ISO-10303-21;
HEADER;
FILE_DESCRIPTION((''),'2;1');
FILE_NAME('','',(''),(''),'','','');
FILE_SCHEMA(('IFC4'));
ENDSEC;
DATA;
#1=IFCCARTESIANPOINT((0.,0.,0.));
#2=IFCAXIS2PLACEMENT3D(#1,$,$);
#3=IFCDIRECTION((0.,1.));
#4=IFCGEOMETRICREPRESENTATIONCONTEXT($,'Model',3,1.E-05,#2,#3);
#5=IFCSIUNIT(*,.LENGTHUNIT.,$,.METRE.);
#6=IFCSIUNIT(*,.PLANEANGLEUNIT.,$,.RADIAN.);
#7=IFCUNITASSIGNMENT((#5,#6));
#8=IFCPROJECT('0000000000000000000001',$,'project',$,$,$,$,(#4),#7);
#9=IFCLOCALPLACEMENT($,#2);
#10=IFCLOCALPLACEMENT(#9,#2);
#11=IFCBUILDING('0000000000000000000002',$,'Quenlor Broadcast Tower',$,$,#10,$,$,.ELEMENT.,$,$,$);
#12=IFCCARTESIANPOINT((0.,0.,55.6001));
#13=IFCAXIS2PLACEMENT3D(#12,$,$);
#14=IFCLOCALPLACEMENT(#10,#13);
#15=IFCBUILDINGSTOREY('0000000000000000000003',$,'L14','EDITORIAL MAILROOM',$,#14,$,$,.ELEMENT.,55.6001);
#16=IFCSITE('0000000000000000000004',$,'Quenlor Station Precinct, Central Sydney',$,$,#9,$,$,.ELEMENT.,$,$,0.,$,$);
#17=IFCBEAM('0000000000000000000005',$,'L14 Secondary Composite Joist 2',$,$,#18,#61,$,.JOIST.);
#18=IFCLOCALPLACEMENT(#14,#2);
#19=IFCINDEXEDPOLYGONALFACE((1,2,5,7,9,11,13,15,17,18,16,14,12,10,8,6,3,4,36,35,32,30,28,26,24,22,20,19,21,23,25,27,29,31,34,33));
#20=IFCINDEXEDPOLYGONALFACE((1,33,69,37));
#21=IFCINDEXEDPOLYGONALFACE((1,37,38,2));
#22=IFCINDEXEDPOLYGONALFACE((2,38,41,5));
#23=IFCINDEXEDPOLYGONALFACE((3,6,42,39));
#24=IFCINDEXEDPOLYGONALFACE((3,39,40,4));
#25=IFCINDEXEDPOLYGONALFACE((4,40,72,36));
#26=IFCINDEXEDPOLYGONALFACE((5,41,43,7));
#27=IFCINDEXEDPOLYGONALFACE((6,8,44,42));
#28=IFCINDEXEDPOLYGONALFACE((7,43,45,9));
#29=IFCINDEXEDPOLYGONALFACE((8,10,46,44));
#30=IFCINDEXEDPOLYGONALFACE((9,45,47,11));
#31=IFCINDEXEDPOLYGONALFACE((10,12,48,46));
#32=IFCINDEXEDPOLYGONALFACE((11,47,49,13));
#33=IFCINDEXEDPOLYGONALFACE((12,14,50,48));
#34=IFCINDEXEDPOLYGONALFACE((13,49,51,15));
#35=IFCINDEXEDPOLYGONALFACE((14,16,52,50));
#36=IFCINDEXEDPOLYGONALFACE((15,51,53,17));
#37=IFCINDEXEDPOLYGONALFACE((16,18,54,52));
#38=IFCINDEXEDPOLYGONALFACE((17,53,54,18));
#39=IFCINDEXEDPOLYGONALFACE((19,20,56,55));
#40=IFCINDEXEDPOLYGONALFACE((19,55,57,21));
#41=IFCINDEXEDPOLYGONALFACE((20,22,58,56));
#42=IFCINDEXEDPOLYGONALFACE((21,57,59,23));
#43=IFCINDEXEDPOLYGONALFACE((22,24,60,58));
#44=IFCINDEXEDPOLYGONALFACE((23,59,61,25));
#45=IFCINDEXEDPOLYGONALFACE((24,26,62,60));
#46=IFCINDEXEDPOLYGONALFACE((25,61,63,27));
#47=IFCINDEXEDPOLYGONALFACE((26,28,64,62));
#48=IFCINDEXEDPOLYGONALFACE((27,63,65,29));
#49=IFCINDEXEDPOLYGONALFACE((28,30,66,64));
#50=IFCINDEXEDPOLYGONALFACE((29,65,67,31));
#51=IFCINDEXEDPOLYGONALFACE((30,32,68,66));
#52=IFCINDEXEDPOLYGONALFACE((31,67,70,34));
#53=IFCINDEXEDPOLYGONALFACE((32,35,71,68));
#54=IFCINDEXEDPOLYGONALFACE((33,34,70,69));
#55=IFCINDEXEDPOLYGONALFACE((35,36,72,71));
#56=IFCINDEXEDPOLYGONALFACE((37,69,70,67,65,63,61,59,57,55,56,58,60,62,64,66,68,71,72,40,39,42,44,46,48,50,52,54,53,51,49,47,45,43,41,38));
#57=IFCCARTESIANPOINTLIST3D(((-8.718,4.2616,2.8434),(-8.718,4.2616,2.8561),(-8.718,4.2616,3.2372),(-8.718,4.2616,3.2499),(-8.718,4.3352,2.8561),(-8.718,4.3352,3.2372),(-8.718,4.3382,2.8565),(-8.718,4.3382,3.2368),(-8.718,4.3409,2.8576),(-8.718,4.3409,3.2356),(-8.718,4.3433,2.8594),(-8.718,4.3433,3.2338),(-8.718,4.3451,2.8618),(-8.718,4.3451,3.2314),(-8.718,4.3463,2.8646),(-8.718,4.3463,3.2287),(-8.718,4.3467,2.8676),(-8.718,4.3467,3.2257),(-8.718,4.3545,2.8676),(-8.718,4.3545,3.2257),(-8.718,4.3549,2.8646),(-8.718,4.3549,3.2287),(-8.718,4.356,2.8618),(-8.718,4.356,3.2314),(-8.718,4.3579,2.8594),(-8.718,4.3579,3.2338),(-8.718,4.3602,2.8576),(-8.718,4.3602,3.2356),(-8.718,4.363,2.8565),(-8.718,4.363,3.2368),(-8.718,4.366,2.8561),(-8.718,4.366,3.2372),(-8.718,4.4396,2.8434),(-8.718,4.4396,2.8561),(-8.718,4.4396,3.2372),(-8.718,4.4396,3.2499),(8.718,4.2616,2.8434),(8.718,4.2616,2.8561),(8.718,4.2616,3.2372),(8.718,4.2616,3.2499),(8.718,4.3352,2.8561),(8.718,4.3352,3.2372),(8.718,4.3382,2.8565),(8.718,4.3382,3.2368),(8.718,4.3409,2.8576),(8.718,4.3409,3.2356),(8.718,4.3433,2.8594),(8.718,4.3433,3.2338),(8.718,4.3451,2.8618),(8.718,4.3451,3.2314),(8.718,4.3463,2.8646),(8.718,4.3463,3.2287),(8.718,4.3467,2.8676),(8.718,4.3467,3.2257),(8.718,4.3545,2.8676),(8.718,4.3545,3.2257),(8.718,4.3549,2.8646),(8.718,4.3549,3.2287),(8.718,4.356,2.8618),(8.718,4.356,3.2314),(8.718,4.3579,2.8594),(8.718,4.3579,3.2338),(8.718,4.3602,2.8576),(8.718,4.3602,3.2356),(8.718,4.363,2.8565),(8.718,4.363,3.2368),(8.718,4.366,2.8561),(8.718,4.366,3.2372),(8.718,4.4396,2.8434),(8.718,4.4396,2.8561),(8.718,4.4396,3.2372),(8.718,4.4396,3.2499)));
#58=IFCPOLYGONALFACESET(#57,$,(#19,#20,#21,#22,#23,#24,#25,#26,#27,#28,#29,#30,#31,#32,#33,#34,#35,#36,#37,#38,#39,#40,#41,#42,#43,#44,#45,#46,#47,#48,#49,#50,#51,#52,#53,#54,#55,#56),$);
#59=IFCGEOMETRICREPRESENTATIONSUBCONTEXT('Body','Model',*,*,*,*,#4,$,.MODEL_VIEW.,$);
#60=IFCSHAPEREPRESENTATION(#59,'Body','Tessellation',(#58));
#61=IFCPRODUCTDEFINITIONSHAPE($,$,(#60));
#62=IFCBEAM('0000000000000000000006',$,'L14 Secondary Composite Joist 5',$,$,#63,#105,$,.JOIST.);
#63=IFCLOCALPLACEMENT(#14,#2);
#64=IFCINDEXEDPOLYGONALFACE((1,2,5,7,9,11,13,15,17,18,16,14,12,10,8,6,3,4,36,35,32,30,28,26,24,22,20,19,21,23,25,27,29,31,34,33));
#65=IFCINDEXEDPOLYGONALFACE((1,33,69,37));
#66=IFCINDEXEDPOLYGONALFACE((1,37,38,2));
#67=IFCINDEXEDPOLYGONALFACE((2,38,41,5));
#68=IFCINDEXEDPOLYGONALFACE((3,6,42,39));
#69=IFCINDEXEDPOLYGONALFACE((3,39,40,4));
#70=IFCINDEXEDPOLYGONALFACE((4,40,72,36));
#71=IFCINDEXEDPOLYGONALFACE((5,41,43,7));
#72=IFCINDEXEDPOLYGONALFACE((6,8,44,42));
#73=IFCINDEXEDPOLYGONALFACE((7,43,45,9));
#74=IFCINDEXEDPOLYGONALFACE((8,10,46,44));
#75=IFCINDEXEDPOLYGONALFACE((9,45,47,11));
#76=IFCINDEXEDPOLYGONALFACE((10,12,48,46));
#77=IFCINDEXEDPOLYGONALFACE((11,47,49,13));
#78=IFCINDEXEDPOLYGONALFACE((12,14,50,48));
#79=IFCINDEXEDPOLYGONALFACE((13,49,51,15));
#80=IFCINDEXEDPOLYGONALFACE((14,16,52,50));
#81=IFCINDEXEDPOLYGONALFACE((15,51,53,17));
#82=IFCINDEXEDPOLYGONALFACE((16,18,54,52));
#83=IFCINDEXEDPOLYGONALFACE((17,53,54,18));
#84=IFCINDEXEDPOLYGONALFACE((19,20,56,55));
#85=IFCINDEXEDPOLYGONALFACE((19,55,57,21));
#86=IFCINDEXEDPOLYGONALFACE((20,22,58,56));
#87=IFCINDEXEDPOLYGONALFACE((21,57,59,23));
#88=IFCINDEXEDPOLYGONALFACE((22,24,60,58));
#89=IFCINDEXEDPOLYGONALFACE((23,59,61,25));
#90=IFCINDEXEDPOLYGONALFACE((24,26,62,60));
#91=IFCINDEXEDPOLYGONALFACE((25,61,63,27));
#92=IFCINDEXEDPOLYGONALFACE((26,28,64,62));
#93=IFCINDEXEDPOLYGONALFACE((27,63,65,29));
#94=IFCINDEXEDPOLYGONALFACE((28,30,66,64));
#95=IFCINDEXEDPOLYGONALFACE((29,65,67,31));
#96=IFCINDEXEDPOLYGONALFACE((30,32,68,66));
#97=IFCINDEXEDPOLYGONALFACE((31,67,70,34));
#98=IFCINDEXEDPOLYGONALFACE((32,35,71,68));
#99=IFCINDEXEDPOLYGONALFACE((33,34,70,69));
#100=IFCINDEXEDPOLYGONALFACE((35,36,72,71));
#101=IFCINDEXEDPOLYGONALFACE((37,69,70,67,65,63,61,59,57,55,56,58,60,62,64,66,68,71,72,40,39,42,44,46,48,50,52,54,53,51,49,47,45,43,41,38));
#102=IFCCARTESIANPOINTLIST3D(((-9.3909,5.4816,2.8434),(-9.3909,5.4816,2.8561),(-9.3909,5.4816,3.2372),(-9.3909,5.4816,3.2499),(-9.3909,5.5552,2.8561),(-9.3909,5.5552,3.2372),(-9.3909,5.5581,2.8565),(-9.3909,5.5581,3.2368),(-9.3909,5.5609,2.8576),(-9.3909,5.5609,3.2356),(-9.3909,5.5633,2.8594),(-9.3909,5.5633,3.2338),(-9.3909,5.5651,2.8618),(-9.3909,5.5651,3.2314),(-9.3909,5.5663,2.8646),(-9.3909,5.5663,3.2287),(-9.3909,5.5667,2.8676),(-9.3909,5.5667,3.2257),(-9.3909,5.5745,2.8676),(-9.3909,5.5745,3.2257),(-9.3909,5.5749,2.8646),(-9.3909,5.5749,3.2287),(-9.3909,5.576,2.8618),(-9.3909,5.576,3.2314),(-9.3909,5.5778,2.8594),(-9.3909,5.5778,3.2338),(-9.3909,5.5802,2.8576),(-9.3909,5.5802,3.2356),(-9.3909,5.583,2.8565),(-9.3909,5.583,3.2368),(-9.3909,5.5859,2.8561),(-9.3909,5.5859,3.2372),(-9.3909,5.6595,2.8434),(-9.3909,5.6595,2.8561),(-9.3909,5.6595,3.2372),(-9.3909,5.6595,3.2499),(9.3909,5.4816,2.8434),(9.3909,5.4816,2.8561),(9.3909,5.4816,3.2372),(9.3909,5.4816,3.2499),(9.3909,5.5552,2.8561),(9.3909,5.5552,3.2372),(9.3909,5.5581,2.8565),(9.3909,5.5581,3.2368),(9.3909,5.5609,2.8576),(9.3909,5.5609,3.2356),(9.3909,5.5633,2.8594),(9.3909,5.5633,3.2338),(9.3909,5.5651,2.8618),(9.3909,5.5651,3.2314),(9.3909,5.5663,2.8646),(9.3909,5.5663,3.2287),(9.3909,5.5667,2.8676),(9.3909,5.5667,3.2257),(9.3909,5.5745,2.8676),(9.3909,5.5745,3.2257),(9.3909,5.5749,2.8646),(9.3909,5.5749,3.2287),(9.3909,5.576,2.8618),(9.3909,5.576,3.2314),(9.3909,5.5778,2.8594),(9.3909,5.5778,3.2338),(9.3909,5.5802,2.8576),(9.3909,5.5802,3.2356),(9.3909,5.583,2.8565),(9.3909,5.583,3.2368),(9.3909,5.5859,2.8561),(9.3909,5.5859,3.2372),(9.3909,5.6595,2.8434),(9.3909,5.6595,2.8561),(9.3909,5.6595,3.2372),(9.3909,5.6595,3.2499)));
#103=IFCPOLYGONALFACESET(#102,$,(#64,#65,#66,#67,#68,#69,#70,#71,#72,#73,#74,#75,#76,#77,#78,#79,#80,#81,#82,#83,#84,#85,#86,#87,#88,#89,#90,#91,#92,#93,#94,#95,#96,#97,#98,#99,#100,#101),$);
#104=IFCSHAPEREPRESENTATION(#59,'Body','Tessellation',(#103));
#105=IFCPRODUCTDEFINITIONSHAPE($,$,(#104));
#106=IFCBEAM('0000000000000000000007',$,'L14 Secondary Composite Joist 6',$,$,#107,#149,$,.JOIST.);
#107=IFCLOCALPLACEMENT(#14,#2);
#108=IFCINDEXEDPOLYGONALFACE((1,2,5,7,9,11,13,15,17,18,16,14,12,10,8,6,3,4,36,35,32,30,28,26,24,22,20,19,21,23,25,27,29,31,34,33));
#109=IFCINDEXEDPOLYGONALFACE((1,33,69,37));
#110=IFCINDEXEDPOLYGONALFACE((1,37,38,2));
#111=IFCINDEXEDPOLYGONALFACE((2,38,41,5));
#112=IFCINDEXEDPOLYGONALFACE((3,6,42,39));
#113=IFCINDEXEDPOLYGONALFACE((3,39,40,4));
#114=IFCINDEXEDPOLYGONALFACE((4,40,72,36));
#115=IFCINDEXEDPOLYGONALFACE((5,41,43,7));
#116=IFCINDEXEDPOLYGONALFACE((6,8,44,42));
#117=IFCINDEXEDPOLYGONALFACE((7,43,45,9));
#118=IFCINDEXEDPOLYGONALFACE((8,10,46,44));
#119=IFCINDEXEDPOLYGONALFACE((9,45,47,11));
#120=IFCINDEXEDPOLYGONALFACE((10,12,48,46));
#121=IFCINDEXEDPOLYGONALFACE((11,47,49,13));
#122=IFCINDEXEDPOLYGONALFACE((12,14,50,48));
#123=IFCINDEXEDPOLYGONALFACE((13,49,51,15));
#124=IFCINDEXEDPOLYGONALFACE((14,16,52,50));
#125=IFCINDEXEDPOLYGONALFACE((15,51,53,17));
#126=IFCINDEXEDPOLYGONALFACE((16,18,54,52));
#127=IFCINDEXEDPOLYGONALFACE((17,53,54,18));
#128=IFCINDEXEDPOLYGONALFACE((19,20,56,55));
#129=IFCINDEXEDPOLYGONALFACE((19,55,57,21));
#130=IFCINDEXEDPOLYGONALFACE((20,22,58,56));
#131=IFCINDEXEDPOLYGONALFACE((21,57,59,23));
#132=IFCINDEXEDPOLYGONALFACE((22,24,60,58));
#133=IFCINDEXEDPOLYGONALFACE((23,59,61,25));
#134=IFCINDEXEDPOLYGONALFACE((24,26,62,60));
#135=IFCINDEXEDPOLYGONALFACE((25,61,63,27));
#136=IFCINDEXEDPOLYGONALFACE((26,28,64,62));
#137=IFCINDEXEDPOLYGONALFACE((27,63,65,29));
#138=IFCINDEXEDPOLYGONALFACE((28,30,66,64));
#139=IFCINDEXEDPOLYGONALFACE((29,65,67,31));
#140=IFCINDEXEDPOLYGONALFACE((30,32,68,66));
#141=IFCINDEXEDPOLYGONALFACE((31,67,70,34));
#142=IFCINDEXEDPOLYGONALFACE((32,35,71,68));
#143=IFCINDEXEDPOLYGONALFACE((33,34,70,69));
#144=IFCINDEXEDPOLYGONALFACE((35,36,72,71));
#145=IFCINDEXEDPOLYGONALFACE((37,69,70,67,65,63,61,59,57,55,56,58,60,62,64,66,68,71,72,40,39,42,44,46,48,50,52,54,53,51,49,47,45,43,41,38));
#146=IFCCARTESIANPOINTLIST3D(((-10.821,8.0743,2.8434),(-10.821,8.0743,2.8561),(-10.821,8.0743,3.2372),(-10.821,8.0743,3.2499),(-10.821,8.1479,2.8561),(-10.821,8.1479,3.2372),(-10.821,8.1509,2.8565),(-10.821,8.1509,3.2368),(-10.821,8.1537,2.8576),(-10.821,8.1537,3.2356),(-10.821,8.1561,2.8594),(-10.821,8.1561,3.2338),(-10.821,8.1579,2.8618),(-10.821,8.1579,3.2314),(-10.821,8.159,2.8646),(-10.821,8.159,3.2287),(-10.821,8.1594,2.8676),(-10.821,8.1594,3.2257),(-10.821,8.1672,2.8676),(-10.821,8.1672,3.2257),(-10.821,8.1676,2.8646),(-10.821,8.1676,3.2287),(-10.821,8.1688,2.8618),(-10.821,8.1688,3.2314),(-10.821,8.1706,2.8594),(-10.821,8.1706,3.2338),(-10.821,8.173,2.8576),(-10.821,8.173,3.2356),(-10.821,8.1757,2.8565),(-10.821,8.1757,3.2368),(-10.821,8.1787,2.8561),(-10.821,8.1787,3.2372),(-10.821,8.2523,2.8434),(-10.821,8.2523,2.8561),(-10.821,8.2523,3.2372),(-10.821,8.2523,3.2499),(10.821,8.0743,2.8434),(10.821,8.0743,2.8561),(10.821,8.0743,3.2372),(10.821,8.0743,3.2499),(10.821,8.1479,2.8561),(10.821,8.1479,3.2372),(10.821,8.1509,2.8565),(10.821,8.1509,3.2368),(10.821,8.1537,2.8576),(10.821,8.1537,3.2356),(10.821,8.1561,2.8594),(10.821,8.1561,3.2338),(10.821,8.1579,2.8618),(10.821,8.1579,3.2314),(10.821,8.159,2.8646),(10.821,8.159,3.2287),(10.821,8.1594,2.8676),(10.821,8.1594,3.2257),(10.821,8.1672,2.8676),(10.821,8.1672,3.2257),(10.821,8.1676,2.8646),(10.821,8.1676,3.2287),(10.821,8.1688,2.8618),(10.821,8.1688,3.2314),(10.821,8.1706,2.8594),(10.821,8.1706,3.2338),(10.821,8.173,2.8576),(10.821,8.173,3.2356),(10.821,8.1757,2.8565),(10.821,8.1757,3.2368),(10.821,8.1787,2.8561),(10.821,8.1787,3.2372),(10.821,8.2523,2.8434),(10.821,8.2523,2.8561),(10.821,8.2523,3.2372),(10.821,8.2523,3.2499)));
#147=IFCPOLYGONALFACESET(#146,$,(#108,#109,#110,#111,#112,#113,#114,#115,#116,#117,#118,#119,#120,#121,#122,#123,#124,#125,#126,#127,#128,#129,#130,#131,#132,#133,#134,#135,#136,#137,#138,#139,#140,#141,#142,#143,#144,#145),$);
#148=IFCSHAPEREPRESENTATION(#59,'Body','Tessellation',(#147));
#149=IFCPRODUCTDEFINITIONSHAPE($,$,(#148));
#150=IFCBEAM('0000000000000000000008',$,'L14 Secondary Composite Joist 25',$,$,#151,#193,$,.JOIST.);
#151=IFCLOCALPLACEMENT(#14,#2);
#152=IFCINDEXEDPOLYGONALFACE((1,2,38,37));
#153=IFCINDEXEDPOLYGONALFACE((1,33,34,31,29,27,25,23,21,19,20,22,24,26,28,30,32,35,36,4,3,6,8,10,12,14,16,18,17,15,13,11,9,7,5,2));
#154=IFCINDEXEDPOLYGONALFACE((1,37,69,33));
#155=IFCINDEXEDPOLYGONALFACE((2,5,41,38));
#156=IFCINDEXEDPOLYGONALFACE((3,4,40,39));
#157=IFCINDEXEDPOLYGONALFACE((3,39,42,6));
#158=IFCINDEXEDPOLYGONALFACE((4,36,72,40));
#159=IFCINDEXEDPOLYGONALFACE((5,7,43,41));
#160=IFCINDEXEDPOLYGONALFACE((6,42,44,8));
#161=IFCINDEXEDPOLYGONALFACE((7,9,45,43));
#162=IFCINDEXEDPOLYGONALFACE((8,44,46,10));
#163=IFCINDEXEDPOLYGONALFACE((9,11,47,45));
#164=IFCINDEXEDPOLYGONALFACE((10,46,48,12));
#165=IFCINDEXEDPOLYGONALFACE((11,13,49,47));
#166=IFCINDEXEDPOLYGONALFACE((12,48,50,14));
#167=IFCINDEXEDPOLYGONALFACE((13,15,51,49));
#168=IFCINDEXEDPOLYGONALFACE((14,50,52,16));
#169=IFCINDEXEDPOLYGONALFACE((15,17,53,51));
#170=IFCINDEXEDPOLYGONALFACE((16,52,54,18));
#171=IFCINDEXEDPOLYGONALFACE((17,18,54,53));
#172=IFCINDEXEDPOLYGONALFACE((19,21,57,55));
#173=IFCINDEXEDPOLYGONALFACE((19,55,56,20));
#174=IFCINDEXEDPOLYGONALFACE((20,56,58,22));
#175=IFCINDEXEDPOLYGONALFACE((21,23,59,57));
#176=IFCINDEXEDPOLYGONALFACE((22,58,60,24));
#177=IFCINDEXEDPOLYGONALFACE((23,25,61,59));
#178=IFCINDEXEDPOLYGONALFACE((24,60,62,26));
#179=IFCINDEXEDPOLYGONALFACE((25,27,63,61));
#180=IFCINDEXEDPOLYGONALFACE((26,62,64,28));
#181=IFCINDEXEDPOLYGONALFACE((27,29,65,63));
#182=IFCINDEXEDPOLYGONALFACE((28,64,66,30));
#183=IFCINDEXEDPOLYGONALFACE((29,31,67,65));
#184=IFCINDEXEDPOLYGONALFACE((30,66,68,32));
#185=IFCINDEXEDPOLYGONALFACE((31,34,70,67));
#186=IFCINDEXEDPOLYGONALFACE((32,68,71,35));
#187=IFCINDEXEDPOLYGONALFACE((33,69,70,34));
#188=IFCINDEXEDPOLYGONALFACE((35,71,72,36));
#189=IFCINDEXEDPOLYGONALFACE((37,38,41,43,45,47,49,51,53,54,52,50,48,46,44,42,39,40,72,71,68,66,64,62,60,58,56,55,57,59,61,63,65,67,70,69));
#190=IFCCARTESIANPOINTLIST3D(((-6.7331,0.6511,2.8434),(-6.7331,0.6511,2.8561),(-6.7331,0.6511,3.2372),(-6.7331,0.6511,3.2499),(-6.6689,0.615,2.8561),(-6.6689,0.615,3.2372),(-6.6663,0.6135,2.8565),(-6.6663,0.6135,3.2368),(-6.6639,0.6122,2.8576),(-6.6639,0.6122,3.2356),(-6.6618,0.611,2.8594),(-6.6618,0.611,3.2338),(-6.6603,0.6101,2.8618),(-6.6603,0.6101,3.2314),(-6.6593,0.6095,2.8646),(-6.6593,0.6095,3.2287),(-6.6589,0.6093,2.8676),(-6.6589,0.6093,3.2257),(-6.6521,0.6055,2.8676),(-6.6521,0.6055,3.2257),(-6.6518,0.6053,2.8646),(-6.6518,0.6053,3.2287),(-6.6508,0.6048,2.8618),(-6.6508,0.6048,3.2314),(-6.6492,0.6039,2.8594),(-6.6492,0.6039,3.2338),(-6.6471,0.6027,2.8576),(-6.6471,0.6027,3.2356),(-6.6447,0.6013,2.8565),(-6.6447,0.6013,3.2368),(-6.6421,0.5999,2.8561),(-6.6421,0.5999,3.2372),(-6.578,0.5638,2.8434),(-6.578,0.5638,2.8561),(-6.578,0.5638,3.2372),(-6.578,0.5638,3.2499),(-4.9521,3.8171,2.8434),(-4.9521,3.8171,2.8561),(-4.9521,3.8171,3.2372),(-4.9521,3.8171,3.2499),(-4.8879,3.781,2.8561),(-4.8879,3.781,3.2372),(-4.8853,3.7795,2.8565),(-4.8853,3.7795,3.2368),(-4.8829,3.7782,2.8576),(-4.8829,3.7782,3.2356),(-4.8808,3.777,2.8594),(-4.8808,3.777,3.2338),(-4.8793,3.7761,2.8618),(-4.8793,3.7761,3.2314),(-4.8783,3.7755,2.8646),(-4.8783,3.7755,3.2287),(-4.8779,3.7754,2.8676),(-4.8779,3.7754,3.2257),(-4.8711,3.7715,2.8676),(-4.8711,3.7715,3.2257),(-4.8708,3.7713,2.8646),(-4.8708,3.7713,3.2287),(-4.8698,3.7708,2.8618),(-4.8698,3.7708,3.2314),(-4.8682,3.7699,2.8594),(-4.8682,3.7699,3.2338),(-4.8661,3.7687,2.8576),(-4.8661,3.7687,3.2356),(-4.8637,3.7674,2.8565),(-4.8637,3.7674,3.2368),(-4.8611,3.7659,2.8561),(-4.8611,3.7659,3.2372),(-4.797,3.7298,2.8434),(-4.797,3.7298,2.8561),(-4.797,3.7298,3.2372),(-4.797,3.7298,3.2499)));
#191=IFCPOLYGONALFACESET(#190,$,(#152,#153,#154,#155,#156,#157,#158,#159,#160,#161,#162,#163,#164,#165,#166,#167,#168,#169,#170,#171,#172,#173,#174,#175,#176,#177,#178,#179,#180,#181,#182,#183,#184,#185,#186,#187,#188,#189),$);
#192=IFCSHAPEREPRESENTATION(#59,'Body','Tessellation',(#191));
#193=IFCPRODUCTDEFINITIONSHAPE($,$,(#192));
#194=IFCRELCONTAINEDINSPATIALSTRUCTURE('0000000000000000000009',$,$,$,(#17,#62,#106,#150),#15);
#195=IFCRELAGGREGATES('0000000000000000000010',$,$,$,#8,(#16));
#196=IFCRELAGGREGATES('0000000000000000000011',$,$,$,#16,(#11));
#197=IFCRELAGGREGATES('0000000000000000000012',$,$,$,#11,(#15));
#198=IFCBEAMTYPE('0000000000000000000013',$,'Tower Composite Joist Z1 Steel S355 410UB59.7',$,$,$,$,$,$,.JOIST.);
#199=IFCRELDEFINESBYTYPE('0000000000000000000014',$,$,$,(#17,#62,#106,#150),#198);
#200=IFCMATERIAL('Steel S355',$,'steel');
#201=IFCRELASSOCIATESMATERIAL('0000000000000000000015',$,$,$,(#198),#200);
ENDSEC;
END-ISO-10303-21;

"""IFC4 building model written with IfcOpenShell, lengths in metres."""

from ifc_helpers import new_model, si_unit, direction, frame, origin, origin_2d, place, context, subcontext, project, spatial, i_section, extrude, material, material_profile, profile_set, type_object, element, save


model = new_model("IFC4")

# Units and contexts
model_context = context("Model", 3, precision=1e-05, world=origin(), true_north=direction((0.0, 1.0)))
body_context = subcontext(model_context, "Body", "Model", "MODEL_VIEW")
ifc_project = project(units=[si_unit("LENGTHUNIT", "METRE"), si_unit("PLANEANGLEUNIT", "RADIAN")], contexts=[model_context])

# Site, building, storey
site_placement = place(None, origin())
site = spatial("IfcSite", under=ifc_project, at=site_placement, Name="Quenlor Station Precinct, Central Sydney", CompositionType="ELEMENT", RefElevation=0.0)
building_placement = place(site_placement, origin())
building = spatial("IfcBuilding", under=site, at=building_placement, Name="Quenlor Broadcast Tower", CompositionType="ELEMENT")
storey_placement = place(building_placement, frame((0.0, 0.0, 55.6001)))
storey = spatial("IfcBuildingStorey", under=building, at=storey_placement, Name="L14", Description="EDITORIAL MAILROOM", CompositionType="ELEMENT", Elevation=55.6001)

# Beams
ifc_material_1 = material(Name="Steel S355", Category="steel")
ifc_material_profile_1 = material_profile(ifc_material_1, i_section(OverallWidth=0.178, OverallDepth=0.4065, WebThickness=0.0078, FlangeThickness=0.0127, FilletRadius=0.0115, at=origin_2d()))
ifc_profile_set_1 = profile_set([ifc_material_profile_1], Name="Steel S355 410UB59.7")
beam_type_1 = type_object("IfcBeamType", Name="Tower Composite Joist Z1 Steel S355 410UB59.7", PredefinedType="JOIST", material=ifc_profile_set_1)
beam_1_placement = place(storey_placement, frame((-8.718, 4.3506, 3.0466), z_axis=(1.0, 0.0, 0.0), x_axis=(0.0, 1.0, 0.0)))
element("IfcBeam", 1, at=beam_1_placement, inside=storey, type_object=beam_type_1, Name="L14 Secondary Composite Joist 2", PredefinedType="JOIST", context=body_context, shape_type="SweptSolid", body=[
    extrude(i_section(OverallWidth=0.178, OverallDepth=0.4065, WebThickness=0.0078, FlangeThickness=0.0127, FilletRadius=0.0115, at=origin_2d()), origin(), (0.0, 0.0, 1.0), 17.436),
])
beam_2_placement = place(storey_placement, frame((-9.3909, 5.5706, 3.0466), z_axis=(1.0, 0.0, 0.0), x_axis=(0.0, 1.0, 0.0)))
element("IfcBeam", 2, at=beam_2_placement, inside=storey, type_object=beam_type_1, Name="L14 Secondary Composite Joist 5", PredefinedType="JOIST", context=body_context, shape_type="SweptSolid", body=[
    extrude(i_section(OverallWidth=0.178, OverallDepth=0.4065, WebThickness=0.0078, FlangeThickness=0.0127, FilletRadius=0.0115, at=origin_2d()), origin(), (0.0, 0.0, 1.0), 18.7817),
])
beam_3_placement = place(storey_placement, frame((-10.821, 8.1633, 3.0466), z_axis=(1.0, 0.0, 0.0), x_axis=(0.0, 1.0, 0.0)))
element("IfcBeam", 3, at=beam_3_placement, inside=storey, type_object=beam_type_1, Name="L14 Secondary Composite Joist 6", PredefinedType="JOIST", context=body_context, shape_type="SweptSolid", body=[
    extrude(i_section(OverallWidth=0.178, OverallDepth=0.4065, WebThickness=0.0078, FlangeThickness=0.0127, FilletRadius=0.0115, at=origin_2d()), origin(), (0.0, 0.0, 1.0), 21.6421),
])
beam_4_placement = place(storey_placement, frame((-4.8745, 3.7734, 3.0466), z_axis=(-0.490287, -0.871561, 0.0), x_axis=(0.871561, -0.490287, 0.0)))
element("IfcBeam", 4, at=beam_4_placement, inside=storey, type_object=beam_type_1, Name="L14 Secondary Composite Joist 25", PredefinedType="JOIST", context=body_context, shape_type="SweptSolid", body=[
    extrude(i_section(OverallWidth=0.178, OverallDepth=0.4065, WebThickness=0.0078, FlangeThickness=0.0127, FilletRadius=0.0115, at=origin_2d()), origin(), (0.0, 0.0, 1.0), 3.6326),
])

save(model, "model.ifc")
